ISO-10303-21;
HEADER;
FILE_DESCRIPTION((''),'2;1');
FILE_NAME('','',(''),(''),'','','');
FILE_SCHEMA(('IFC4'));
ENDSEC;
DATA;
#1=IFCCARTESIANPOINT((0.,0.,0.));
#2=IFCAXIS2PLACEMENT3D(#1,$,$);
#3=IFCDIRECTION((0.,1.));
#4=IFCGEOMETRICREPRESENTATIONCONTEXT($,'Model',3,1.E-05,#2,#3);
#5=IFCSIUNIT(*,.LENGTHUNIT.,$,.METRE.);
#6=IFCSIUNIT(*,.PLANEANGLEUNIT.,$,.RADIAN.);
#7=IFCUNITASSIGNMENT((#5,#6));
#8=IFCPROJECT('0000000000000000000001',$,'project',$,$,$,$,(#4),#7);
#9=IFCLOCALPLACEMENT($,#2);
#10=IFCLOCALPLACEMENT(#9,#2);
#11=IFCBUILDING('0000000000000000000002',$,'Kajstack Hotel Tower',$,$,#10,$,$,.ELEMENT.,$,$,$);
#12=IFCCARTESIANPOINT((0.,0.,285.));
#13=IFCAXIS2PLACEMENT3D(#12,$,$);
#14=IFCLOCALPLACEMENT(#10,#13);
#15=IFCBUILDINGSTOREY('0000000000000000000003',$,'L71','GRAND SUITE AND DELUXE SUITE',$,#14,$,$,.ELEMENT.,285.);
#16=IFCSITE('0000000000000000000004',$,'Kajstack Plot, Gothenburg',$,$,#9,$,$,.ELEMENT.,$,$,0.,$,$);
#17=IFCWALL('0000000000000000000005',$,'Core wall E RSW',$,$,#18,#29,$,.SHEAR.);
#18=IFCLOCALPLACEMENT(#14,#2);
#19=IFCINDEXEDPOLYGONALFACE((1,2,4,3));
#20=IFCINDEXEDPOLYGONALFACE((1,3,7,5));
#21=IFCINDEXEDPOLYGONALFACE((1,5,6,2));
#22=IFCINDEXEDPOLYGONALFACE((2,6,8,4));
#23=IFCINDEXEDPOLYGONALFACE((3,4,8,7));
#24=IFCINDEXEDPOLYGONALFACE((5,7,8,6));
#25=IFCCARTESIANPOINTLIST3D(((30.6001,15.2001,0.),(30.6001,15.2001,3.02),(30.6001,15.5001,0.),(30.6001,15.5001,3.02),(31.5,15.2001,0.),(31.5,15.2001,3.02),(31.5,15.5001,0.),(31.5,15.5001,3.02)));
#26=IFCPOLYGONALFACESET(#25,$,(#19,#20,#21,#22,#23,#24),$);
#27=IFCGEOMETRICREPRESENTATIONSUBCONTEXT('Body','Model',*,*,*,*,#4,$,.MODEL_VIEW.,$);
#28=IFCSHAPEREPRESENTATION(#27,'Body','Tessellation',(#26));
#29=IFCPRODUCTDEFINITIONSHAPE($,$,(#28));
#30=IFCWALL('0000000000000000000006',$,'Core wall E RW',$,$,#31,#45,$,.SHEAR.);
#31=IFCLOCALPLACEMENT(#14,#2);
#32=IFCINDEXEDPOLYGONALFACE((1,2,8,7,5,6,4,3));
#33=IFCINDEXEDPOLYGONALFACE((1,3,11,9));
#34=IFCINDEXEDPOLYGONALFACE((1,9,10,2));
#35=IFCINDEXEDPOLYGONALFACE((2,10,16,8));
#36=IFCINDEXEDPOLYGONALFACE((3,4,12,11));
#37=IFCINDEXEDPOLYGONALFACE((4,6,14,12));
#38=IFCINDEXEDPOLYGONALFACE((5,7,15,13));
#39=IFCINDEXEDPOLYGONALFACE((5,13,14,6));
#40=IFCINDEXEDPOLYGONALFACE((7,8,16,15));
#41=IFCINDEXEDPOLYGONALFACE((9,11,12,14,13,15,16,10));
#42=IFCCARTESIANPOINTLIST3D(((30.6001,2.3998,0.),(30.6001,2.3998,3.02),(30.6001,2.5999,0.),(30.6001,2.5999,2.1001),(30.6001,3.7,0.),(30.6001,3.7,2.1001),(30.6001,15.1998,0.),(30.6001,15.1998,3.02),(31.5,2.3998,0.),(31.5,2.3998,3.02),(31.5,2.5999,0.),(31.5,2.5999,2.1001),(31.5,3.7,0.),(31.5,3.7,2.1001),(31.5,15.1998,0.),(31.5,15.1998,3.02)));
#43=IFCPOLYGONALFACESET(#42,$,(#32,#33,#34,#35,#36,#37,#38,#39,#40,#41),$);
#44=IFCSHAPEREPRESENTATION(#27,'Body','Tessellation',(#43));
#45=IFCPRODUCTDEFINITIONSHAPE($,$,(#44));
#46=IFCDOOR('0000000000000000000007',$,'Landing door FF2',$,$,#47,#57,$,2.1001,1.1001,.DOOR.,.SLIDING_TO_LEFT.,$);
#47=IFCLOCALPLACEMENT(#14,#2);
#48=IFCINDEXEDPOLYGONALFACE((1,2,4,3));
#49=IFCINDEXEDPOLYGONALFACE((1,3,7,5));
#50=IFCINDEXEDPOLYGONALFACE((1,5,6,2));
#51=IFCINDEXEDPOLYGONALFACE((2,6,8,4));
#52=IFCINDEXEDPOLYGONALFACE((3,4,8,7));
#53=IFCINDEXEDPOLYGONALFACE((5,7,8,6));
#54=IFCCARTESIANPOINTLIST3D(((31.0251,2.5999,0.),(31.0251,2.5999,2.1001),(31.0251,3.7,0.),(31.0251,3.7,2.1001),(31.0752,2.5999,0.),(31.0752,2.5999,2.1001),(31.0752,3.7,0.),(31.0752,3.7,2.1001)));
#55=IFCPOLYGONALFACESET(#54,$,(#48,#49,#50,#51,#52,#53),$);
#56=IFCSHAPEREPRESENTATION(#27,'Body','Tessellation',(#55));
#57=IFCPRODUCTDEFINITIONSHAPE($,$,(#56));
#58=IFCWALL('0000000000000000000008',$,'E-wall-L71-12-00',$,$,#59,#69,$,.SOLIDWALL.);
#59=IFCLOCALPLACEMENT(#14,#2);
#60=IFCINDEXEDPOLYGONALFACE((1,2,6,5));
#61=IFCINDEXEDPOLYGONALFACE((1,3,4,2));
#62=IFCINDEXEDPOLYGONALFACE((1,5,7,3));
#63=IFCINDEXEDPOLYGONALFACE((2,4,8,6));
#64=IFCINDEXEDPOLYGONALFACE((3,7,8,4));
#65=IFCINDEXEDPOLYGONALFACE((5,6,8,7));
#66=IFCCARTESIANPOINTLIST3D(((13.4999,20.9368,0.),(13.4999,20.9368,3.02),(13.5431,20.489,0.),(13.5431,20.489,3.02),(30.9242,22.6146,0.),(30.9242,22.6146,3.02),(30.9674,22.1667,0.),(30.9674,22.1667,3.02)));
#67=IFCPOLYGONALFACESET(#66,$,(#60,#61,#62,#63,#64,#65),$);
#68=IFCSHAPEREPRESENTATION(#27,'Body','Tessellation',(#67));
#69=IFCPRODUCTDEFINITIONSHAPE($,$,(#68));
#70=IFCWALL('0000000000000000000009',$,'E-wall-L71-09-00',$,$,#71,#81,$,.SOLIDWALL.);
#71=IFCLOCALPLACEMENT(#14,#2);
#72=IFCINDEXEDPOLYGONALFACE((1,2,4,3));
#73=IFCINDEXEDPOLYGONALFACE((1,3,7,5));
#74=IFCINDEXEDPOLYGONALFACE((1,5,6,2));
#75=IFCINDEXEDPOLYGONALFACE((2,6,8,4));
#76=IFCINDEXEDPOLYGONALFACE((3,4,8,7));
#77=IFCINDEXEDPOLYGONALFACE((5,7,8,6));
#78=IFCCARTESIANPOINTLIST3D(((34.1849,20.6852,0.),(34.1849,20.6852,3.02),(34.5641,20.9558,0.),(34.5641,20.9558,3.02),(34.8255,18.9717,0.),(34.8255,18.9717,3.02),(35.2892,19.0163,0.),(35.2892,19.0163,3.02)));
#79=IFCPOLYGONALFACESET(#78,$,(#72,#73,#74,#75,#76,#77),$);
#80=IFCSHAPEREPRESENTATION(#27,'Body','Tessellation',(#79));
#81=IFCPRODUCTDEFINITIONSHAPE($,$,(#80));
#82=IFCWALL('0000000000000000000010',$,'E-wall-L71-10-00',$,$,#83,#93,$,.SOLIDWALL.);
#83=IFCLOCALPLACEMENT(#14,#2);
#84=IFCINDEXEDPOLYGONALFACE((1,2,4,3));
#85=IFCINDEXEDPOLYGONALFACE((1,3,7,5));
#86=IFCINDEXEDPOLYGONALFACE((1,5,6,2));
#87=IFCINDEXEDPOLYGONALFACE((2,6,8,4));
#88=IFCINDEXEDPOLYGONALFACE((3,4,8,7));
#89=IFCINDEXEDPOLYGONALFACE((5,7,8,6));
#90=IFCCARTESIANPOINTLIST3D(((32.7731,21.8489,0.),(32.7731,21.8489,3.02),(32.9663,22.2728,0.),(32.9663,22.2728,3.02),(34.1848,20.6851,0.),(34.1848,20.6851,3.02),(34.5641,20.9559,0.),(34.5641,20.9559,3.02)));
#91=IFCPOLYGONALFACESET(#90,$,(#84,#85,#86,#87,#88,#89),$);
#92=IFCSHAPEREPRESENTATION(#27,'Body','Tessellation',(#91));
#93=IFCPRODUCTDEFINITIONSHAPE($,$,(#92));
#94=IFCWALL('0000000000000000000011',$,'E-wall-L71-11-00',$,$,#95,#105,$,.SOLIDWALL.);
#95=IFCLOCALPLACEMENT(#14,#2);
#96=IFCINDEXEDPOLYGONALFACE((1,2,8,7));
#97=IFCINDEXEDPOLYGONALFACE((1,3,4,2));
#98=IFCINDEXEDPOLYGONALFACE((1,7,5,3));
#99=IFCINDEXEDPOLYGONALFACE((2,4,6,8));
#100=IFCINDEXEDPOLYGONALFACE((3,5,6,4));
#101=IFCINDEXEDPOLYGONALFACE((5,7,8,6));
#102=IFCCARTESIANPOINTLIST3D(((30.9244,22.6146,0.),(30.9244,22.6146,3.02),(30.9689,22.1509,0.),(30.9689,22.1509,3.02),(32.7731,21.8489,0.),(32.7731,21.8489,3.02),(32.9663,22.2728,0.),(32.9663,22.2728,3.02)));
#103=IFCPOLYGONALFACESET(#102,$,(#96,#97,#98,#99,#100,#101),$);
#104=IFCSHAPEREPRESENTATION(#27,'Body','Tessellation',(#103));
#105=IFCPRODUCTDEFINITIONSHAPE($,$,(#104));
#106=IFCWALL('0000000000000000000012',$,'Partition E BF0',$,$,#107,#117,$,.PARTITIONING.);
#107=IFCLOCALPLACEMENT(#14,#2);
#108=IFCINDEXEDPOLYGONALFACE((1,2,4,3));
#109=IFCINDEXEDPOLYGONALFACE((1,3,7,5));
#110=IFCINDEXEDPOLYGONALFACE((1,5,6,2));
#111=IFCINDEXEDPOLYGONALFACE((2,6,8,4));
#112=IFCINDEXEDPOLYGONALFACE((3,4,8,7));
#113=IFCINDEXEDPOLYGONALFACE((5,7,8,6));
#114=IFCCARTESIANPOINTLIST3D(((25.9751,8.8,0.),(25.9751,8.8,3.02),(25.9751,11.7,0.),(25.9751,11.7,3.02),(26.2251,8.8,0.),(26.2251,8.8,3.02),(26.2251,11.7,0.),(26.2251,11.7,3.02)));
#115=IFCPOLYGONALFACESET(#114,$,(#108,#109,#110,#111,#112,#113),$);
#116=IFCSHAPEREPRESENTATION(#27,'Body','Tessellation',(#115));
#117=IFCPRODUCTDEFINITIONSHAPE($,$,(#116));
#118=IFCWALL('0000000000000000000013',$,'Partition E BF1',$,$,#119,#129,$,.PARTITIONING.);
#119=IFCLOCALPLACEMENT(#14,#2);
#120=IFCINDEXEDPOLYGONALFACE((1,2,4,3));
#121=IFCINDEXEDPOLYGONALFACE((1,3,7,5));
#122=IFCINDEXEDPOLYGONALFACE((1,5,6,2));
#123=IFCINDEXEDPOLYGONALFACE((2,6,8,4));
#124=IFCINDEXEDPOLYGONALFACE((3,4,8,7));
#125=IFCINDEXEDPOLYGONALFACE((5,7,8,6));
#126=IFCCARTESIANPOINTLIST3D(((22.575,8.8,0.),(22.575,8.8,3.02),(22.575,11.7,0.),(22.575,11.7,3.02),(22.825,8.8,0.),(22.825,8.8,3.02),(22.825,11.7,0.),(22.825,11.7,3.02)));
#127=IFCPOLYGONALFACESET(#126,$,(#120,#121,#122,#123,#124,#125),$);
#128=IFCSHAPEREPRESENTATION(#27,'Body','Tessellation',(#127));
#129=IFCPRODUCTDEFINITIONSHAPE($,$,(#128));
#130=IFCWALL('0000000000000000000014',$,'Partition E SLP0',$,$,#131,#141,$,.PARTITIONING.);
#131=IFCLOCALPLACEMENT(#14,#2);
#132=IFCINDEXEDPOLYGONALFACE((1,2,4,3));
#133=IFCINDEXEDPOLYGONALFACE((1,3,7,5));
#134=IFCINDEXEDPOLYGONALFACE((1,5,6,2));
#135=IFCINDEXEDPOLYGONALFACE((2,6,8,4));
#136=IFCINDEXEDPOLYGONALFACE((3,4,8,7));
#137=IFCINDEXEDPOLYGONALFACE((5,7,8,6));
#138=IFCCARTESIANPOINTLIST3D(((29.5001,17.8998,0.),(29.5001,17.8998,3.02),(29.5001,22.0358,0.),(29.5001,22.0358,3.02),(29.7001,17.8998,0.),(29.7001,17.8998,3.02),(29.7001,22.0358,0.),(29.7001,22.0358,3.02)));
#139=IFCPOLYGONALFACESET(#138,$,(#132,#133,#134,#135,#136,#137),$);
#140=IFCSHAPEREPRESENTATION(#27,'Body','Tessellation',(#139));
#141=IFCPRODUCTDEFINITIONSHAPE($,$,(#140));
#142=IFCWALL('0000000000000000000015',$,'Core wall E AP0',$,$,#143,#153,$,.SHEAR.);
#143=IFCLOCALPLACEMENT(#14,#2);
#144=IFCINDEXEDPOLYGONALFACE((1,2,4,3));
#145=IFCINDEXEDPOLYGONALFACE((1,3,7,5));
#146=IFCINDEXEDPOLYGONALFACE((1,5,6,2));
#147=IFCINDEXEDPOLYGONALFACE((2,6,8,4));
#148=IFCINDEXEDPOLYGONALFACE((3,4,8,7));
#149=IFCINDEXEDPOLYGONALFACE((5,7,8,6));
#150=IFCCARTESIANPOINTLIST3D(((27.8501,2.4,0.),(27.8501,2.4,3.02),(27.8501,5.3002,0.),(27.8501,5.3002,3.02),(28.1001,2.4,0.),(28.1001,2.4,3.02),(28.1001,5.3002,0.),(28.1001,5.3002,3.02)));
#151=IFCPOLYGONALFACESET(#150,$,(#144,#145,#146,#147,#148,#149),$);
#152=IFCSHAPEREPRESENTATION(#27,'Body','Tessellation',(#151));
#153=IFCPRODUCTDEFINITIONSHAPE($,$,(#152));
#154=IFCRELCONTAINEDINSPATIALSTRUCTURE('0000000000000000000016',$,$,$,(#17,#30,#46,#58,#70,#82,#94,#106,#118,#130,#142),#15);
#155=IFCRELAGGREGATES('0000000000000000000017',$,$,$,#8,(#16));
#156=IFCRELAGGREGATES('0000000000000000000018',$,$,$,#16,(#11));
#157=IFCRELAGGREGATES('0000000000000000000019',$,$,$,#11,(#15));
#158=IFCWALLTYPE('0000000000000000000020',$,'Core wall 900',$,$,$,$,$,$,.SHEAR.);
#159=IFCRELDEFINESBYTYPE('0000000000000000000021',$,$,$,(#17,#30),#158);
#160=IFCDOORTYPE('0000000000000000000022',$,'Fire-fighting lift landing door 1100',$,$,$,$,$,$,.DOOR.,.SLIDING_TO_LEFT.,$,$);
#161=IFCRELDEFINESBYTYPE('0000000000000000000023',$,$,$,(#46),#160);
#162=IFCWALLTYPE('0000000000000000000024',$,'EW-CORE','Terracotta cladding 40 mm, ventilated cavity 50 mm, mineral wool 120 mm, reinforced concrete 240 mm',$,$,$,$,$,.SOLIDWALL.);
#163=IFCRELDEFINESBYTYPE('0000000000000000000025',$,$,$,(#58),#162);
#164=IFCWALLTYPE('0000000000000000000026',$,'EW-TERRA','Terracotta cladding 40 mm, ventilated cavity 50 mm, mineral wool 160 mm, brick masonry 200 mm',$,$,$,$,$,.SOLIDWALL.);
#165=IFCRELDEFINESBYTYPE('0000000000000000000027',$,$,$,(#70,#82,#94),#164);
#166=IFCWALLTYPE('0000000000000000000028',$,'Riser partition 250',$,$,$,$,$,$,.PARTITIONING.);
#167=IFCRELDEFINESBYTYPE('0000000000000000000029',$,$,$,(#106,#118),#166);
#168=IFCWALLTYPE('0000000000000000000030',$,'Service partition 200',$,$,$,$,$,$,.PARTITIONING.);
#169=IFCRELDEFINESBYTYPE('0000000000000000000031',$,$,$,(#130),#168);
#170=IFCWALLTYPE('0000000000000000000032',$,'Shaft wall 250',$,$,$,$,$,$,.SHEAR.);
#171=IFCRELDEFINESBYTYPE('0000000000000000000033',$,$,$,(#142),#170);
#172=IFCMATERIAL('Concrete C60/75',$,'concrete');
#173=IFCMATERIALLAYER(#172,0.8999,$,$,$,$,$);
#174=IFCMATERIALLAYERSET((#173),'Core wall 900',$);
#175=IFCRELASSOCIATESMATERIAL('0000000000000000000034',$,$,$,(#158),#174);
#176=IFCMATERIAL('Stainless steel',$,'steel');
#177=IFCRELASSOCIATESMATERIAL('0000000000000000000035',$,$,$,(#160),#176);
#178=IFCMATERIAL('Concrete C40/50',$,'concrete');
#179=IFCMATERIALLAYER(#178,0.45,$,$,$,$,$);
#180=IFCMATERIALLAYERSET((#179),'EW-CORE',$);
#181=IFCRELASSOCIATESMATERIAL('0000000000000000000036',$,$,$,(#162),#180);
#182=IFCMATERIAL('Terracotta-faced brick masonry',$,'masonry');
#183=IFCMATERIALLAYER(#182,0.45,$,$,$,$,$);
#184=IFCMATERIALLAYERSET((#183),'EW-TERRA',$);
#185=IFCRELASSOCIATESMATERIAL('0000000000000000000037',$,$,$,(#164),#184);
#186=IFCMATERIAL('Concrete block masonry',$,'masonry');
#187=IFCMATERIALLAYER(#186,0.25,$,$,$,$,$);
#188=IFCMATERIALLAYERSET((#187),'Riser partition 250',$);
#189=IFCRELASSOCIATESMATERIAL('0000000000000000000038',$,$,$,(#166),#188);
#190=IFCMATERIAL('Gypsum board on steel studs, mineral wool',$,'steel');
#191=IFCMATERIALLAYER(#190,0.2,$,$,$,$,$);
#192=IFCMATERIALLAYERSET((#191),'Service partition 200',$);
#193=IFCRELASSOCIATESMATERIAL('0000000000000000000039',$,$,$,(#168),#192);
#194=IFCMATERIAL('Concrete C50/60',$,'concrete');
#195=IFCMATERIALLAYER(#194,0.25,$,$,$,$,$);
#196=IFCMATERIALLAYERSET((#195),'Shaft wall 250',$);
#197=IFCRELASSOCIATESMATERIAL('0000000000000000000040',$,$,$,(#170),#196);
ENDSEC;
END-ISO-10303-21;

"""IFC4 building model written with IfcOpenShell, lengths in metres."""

from ifc_helpers import new_model, si_unit, direction, frame, frame_2d, origin, place, context, subcontext, project, spatial, polyline, rectangle, outline, extrude, material, layer, layer_set, type_object, element, fill, save


model = new_model("IFC4")

# Units and contexts
model_context = context("Model", 3, precision=1e-05, world=origin(), true_north=direction((0.0, 1.0)))
body_context = subcontext(model_context, "Body", "Model", "MODEL_VIEW")
ifc_project = project(units=[si_unit("LENGTHUNIT", "METRE"), si_unit("PLANEANGLEUNIT", "RADIAN")], contexts=[model_context])

# Site, building, storey
site_placement = place(None, origin())
site = spatial("IfcSite", under=ifc_project, at=site_placement, Name="Kajstack Plot, Gothenburg", CompositionType="ELEMENT", RefElevation=0.0)
building_placement = place(site_placement, origin())
building = spatial("IfcBuilding", under=site, at=building_placement, Name="Kajstack Hotel Tower", CompositionType="ELEMENT")
storey_placement = place(building_placement, frame((0.0, 0.0, 285.0)))
storey = spatial("IfcBuildingStorey", under=building, at=storey_placement, Name="L71", Description="GRAND SUITE AND DELUXE SUITE", CompositionType="ELEMENT", Elevation=285.0)

# Wall
ifc_material_1 = material(Name="Concrete C60/75", Category="concrete")
ifc_layer_1 = layer(ifc_material_1, 0.8999)
ifc_layer_set_1 = layer_set([ifc_layer_1], Name="Core wall 900")
wall_type_1 = type_object("IfcWallType", Name="Core wall 900", PredefinedType="SHEAR", material=ifc_layer_set_1)
wall_1_placement = place(storey_placement, frame((30.6001, 15.3501, 0.0), z_axis=(0.0, 0.0, 1.0), x_axis=(1.0, 0.0, 0.0)))
element("IfcWall", 1, at=wall_1_placement, inside=storey, type_object=wall_type_1, Name="Core wall E RSW", PredefinedType="SHEAR", context=body_context, shape_type="SweptSolid", body=[
    extrude(rectangle(XDim=0.8999, YDim=0.3, at=frame_2d((0.45, 0.0))), origin(), (0.0, 0.0, 1.0), 3.02),
])

# Wall, opening, door
wall_2_placement = place(storey_placement, frame((31.05, 2.3999, 0.0), z_axis=(0.0, 0.0, 1.0), x_axis=(0.0, 1.0, 0.0)))
wall_2 = element("IfcWall", 2, at=wall_2_placement, inside=storey, type_object=wall_type_1, Name="Core wall E RW", PredefinedType="SHEAR", context=body_context, shape_type="SweptSolid", body=[
    extrude(rectangle(XDim=12.8, YDim=0.8999, at=frame_2d((6.3999, 0.0))), origin(), (0.0, 0.0, 1.0), 3.02),
])
opening_1_placement = place(wall_2_placement, frame((0.2, 0.0, 0.0)))
opening_1 = element("IfcOpeningElement", 3, at=opening_1_placement, cuts=wall_2, PredefinedType="OPENING", context=body_context, shape_type="SweptSolid", body=[
    extrude(rectangle(XDim=1.1001, YDim=2.1001, at=frame_2d((0.55, 1.05))), frame((0.0, 0.46, 0.0), z_axis=(0.0, -1.0, 0.0), x_axis=(1.0, 0.0, 0.0)), (0.0, 0.0, 1.0), 0.9199),
])
ifc_material_2 = material(Name="Stainless steel", Category="steel")
door_type_1 = type_object("IfcDoorType", Name="Fire-fighting lift landing door 1100", OperationType="SLIDING_TO_LEFT", PredefinedType="DOOR", material=ifc_material_2)
door_1_placement = place(opening_1_placement, origin())
door_1 = element("IfcDoor", 4, at=door_1_placement, inside=storey, type_object=door_type_1, Name="Landing door FF2", OperationType="SLIDING_TO_LEFT", OverallHeight=2.1001, OverallWidth=1.1001, PredefinedType="DOOR", context=body_context, shape_type="SweptSolid", body=[
    extrude(rectangle(XDim=1.1001, YDim=2.1001, at=frame_2d((0.55, 1.05))), frame((0.0, 0.0249, 0.0), z_axis=(0.0, -1.0, 0.0), x_axis=(1.0, 0.0, 0.0)), (0.0, 0.0, 1.0), 0.05),
])
fill(opening_1, door_1)

# Walls
ifc_material_3 = material(Name="Concrete C40/50", Category="concrete")
ifc_layer_2 = layer(ifc_material_3, 0.45)
ifc_layer_set_2 = layer_set([ifc_layer_2], Name="EW-CORE")
wall_type_2 = type_object("IfcWallType", Name="EW-CORE", Description="Terracotta cladding 40 mm, ventilated cavity 50 mm, mineral wool 120 mm, reinforced concrete 240 mm", PredefinedType="SOLIDWALL", material=ifc_layer_set_2)
wall_3_placement = place(storey_placement, frame((30.9458, 22.3906, 0.0), z_axis=(0.0, 0.0, 1.0), x_axis=(-0.995396, -0.095844, 0.0)))
element("IfcWall", 5, at=wall_3_placement, inside=storey, type_object=wall_type_2, Name="E-wall-L71-12-00", PredefinedType="SOLIDWALL", context=body_context, shape_type="SweptSolid", body=[
    extrude(rectangle(XDim=17.5049, YDim=0.45, at=frame_2d((8.7524, 0.0))), origin(), (0.0, 0.0, 1.0), 3.02),
])
ifc_material_4 = material(Name="Terracotta-faced brick masonry", Category="masonry")
ifc_layer_3 = layer(ifc_material_4, 0.45)
ifc_layer_set_3 = layer_set([ifc_layer_3], Name="EW-TERRA")
wall_type_3 = type_object("IfcWallType", Name="EW-TERRA", Description="Terracotta cladding 40 mm, ventilated cavity 50 mm, mineral wool 160 mm, brick masonry 200 mm", PredefinedType="SOLIDWALL", material=ifc_layer_set_3)
wall_4_placement = place(storey_placement, frame((35.0784, 18.9375, 0.0), z_axis=(0.0, 0.0, 1.0), x_axis=(-0.350193, 0.936678, 0.0)))
element("IfcWall", 6, at=wall_4_placement, inside=storey, type_object=wall_type_3, Name="E-wall-L71-09-00", PredefinedType="SOLIDWALL", context=body_context, shape_type="SweptSolid", body=[
    extrude(outline(polyline([(0.0, -0.2251), (2.0706, -0.2251), (1.95, 0.2249), (0.1206, 0.2249), (0.0, -0.2251)])), origin(), (0.0, 0.0, 1.0), 3.02),
])
wall_5_placement = place(storey_placement, frame((34.4209, 20.7822, 0.0), z_axis=(0.0, 0.0, 1.0), x_axis=(-0.771593, 0.636116, 0.0)))
element("IfcWall", 7, at=wall_5_placement, inside=storey, type_object=wall_type_3, Name="E-wall-L71-10-00", PredefinedType="SOLIDWALL", context=body_context, shape_type="SweptSolid", body=[
    extrude(outline(polyline([(0.0, -0.2251), (2.0706, -0.2249), (1.95, 0.2251), (0.1204, 0.2251), (0.0, -0.2251)])), origin(), (0.0, 0.0, 1.0), 3.02),
])
wall_6_placement = place(storey_placement, frame((32.9292, 22.051, 0.0), z_axis=(0.0, 0.0, 1.0), x_axis=(-0.986298, 0.164973, 0.0)))
element("IfcWall", 8, at=wall_6_placement, inside=storey, type_object=wall_type_3, Name="E-wall-L71-11-00", PredefinedType="SOLIDWALL", context=body_context, shape_type="SweptSolid", body=[
    extrude(outline(polyline([(0.0, -0.2249), (2.0703, -0.2251), (1.95, 0.2249), (0.1206, 0.2251), (0.0, -0.2249)])), origin(), (0.0, 0.0, 1.0), 3.02),
])
ifc_material_5 = material(Name="Concrete block masonry", Category="masonry")
ifc_layer_4 = layer(ifc_material_5, 0.25)
ifc_layer_set_4 = layer_set([ifc_layer_4], Name="Riser partition 250")
wall_type_4 = type_object("IfcWallType", Name="Riser partition 250", PredefinedType="PARTITIONING", material=ifc_layer_set_4)
for number, where, z_axis, x_axis, name in (
    (9, (26.1001, 8.8, 0.0), (0.0, 0.0, 1.0), (0.0, 1.0, 0.0), "Partition E BF0"),
    (10, (22.7, 8.8, 0.0), (0.0, 0.0, 1.0), (0.0, 1.0, 0.0), "Partition E BF1"),
):
    element("IfcWall", number, at=place(storey_placement, frame(where, z_axis=z_axis, x_axis=x_axis)), inside=storey, type_object=wall_type_4, Name=name, PredefinedType="PARTITIONING", context=body_context, shape_type="SweptSolid", body=[
        extrude(rectangle(XDim=2.8999, YDim=0.25, at=frame_2d((1.45, 0.0))), origin(), (0.0, 0.0, 1.0), 3.02),
    ])
ifc_material_6 = material(Name="Gypsum board on steel studs, mineral wool", Category="steel")
ifc_layer_5 = layer(ifc_material_6, 0.2)
ifc_layer_set_5 = layer_set([ifc_layer_5], Name="Service partition 200")
wall_type_5 = type_object("IfcWallType", Name="Service partition 200", PredefinedType="PARTITIONING", material=ifc_layer_set_5)
wall_7_placement = place(storey_placement, frame((29.6001, 17.8999, 0.0), z_axis=(0.0, 0.0, 1.0), x_axis=(0.0, 1.0, 0.0)))
element("IfcWall", 11, at=wall_7_placement, inside=storey, type_object=wall_type_5, Name="Partition E SLP0", PredefinedType="PARTITIONING", context=body_context, shape_type="SweptSolid", body=[
    extrude(rectangle(XDim=4.136, YDim=0.2, at=frame_2d((2.0679, 0.0))), origin(), (0.0, 0.0, 1.0), 3.02),
])
ifc_material_7 = material(Name="Concrete C50/60", Category="concrete")
ifc_layer_6 = layer(ifc_material_7, 0.25)
ifc_layer_set_6 = layer_set([ifc_layer_6], Name="Shaft wall 250")
wall_type_6 = type_object("IfcWallType", Name="Shaft wall 250", PredefinedType="SHEAR", material=ifc_layer_set_6)
wall_8_placement = place(storey_placement, frame((27.9751, 2.3999, 0.0), z_axis=(0.0, 0.0, 1.0), x_axis=(0.0, 1.0, 0.0)))
element("IfcWall", 12, at=wall_8_placement, inside=storey, type_object=wall_type_6, Name="Core wall E AP0", PredefinedType="SHEAR", context=body_context, shape_type="SweptSolid", body=[
    extrude(rectangle(XDim=2.9001, YDim=0.25, at=frame_2d((1.4502, 0.0))), origin(), (0.0, 0.0, 1.0), 3.02),
])

save(model, "model.ifc")
